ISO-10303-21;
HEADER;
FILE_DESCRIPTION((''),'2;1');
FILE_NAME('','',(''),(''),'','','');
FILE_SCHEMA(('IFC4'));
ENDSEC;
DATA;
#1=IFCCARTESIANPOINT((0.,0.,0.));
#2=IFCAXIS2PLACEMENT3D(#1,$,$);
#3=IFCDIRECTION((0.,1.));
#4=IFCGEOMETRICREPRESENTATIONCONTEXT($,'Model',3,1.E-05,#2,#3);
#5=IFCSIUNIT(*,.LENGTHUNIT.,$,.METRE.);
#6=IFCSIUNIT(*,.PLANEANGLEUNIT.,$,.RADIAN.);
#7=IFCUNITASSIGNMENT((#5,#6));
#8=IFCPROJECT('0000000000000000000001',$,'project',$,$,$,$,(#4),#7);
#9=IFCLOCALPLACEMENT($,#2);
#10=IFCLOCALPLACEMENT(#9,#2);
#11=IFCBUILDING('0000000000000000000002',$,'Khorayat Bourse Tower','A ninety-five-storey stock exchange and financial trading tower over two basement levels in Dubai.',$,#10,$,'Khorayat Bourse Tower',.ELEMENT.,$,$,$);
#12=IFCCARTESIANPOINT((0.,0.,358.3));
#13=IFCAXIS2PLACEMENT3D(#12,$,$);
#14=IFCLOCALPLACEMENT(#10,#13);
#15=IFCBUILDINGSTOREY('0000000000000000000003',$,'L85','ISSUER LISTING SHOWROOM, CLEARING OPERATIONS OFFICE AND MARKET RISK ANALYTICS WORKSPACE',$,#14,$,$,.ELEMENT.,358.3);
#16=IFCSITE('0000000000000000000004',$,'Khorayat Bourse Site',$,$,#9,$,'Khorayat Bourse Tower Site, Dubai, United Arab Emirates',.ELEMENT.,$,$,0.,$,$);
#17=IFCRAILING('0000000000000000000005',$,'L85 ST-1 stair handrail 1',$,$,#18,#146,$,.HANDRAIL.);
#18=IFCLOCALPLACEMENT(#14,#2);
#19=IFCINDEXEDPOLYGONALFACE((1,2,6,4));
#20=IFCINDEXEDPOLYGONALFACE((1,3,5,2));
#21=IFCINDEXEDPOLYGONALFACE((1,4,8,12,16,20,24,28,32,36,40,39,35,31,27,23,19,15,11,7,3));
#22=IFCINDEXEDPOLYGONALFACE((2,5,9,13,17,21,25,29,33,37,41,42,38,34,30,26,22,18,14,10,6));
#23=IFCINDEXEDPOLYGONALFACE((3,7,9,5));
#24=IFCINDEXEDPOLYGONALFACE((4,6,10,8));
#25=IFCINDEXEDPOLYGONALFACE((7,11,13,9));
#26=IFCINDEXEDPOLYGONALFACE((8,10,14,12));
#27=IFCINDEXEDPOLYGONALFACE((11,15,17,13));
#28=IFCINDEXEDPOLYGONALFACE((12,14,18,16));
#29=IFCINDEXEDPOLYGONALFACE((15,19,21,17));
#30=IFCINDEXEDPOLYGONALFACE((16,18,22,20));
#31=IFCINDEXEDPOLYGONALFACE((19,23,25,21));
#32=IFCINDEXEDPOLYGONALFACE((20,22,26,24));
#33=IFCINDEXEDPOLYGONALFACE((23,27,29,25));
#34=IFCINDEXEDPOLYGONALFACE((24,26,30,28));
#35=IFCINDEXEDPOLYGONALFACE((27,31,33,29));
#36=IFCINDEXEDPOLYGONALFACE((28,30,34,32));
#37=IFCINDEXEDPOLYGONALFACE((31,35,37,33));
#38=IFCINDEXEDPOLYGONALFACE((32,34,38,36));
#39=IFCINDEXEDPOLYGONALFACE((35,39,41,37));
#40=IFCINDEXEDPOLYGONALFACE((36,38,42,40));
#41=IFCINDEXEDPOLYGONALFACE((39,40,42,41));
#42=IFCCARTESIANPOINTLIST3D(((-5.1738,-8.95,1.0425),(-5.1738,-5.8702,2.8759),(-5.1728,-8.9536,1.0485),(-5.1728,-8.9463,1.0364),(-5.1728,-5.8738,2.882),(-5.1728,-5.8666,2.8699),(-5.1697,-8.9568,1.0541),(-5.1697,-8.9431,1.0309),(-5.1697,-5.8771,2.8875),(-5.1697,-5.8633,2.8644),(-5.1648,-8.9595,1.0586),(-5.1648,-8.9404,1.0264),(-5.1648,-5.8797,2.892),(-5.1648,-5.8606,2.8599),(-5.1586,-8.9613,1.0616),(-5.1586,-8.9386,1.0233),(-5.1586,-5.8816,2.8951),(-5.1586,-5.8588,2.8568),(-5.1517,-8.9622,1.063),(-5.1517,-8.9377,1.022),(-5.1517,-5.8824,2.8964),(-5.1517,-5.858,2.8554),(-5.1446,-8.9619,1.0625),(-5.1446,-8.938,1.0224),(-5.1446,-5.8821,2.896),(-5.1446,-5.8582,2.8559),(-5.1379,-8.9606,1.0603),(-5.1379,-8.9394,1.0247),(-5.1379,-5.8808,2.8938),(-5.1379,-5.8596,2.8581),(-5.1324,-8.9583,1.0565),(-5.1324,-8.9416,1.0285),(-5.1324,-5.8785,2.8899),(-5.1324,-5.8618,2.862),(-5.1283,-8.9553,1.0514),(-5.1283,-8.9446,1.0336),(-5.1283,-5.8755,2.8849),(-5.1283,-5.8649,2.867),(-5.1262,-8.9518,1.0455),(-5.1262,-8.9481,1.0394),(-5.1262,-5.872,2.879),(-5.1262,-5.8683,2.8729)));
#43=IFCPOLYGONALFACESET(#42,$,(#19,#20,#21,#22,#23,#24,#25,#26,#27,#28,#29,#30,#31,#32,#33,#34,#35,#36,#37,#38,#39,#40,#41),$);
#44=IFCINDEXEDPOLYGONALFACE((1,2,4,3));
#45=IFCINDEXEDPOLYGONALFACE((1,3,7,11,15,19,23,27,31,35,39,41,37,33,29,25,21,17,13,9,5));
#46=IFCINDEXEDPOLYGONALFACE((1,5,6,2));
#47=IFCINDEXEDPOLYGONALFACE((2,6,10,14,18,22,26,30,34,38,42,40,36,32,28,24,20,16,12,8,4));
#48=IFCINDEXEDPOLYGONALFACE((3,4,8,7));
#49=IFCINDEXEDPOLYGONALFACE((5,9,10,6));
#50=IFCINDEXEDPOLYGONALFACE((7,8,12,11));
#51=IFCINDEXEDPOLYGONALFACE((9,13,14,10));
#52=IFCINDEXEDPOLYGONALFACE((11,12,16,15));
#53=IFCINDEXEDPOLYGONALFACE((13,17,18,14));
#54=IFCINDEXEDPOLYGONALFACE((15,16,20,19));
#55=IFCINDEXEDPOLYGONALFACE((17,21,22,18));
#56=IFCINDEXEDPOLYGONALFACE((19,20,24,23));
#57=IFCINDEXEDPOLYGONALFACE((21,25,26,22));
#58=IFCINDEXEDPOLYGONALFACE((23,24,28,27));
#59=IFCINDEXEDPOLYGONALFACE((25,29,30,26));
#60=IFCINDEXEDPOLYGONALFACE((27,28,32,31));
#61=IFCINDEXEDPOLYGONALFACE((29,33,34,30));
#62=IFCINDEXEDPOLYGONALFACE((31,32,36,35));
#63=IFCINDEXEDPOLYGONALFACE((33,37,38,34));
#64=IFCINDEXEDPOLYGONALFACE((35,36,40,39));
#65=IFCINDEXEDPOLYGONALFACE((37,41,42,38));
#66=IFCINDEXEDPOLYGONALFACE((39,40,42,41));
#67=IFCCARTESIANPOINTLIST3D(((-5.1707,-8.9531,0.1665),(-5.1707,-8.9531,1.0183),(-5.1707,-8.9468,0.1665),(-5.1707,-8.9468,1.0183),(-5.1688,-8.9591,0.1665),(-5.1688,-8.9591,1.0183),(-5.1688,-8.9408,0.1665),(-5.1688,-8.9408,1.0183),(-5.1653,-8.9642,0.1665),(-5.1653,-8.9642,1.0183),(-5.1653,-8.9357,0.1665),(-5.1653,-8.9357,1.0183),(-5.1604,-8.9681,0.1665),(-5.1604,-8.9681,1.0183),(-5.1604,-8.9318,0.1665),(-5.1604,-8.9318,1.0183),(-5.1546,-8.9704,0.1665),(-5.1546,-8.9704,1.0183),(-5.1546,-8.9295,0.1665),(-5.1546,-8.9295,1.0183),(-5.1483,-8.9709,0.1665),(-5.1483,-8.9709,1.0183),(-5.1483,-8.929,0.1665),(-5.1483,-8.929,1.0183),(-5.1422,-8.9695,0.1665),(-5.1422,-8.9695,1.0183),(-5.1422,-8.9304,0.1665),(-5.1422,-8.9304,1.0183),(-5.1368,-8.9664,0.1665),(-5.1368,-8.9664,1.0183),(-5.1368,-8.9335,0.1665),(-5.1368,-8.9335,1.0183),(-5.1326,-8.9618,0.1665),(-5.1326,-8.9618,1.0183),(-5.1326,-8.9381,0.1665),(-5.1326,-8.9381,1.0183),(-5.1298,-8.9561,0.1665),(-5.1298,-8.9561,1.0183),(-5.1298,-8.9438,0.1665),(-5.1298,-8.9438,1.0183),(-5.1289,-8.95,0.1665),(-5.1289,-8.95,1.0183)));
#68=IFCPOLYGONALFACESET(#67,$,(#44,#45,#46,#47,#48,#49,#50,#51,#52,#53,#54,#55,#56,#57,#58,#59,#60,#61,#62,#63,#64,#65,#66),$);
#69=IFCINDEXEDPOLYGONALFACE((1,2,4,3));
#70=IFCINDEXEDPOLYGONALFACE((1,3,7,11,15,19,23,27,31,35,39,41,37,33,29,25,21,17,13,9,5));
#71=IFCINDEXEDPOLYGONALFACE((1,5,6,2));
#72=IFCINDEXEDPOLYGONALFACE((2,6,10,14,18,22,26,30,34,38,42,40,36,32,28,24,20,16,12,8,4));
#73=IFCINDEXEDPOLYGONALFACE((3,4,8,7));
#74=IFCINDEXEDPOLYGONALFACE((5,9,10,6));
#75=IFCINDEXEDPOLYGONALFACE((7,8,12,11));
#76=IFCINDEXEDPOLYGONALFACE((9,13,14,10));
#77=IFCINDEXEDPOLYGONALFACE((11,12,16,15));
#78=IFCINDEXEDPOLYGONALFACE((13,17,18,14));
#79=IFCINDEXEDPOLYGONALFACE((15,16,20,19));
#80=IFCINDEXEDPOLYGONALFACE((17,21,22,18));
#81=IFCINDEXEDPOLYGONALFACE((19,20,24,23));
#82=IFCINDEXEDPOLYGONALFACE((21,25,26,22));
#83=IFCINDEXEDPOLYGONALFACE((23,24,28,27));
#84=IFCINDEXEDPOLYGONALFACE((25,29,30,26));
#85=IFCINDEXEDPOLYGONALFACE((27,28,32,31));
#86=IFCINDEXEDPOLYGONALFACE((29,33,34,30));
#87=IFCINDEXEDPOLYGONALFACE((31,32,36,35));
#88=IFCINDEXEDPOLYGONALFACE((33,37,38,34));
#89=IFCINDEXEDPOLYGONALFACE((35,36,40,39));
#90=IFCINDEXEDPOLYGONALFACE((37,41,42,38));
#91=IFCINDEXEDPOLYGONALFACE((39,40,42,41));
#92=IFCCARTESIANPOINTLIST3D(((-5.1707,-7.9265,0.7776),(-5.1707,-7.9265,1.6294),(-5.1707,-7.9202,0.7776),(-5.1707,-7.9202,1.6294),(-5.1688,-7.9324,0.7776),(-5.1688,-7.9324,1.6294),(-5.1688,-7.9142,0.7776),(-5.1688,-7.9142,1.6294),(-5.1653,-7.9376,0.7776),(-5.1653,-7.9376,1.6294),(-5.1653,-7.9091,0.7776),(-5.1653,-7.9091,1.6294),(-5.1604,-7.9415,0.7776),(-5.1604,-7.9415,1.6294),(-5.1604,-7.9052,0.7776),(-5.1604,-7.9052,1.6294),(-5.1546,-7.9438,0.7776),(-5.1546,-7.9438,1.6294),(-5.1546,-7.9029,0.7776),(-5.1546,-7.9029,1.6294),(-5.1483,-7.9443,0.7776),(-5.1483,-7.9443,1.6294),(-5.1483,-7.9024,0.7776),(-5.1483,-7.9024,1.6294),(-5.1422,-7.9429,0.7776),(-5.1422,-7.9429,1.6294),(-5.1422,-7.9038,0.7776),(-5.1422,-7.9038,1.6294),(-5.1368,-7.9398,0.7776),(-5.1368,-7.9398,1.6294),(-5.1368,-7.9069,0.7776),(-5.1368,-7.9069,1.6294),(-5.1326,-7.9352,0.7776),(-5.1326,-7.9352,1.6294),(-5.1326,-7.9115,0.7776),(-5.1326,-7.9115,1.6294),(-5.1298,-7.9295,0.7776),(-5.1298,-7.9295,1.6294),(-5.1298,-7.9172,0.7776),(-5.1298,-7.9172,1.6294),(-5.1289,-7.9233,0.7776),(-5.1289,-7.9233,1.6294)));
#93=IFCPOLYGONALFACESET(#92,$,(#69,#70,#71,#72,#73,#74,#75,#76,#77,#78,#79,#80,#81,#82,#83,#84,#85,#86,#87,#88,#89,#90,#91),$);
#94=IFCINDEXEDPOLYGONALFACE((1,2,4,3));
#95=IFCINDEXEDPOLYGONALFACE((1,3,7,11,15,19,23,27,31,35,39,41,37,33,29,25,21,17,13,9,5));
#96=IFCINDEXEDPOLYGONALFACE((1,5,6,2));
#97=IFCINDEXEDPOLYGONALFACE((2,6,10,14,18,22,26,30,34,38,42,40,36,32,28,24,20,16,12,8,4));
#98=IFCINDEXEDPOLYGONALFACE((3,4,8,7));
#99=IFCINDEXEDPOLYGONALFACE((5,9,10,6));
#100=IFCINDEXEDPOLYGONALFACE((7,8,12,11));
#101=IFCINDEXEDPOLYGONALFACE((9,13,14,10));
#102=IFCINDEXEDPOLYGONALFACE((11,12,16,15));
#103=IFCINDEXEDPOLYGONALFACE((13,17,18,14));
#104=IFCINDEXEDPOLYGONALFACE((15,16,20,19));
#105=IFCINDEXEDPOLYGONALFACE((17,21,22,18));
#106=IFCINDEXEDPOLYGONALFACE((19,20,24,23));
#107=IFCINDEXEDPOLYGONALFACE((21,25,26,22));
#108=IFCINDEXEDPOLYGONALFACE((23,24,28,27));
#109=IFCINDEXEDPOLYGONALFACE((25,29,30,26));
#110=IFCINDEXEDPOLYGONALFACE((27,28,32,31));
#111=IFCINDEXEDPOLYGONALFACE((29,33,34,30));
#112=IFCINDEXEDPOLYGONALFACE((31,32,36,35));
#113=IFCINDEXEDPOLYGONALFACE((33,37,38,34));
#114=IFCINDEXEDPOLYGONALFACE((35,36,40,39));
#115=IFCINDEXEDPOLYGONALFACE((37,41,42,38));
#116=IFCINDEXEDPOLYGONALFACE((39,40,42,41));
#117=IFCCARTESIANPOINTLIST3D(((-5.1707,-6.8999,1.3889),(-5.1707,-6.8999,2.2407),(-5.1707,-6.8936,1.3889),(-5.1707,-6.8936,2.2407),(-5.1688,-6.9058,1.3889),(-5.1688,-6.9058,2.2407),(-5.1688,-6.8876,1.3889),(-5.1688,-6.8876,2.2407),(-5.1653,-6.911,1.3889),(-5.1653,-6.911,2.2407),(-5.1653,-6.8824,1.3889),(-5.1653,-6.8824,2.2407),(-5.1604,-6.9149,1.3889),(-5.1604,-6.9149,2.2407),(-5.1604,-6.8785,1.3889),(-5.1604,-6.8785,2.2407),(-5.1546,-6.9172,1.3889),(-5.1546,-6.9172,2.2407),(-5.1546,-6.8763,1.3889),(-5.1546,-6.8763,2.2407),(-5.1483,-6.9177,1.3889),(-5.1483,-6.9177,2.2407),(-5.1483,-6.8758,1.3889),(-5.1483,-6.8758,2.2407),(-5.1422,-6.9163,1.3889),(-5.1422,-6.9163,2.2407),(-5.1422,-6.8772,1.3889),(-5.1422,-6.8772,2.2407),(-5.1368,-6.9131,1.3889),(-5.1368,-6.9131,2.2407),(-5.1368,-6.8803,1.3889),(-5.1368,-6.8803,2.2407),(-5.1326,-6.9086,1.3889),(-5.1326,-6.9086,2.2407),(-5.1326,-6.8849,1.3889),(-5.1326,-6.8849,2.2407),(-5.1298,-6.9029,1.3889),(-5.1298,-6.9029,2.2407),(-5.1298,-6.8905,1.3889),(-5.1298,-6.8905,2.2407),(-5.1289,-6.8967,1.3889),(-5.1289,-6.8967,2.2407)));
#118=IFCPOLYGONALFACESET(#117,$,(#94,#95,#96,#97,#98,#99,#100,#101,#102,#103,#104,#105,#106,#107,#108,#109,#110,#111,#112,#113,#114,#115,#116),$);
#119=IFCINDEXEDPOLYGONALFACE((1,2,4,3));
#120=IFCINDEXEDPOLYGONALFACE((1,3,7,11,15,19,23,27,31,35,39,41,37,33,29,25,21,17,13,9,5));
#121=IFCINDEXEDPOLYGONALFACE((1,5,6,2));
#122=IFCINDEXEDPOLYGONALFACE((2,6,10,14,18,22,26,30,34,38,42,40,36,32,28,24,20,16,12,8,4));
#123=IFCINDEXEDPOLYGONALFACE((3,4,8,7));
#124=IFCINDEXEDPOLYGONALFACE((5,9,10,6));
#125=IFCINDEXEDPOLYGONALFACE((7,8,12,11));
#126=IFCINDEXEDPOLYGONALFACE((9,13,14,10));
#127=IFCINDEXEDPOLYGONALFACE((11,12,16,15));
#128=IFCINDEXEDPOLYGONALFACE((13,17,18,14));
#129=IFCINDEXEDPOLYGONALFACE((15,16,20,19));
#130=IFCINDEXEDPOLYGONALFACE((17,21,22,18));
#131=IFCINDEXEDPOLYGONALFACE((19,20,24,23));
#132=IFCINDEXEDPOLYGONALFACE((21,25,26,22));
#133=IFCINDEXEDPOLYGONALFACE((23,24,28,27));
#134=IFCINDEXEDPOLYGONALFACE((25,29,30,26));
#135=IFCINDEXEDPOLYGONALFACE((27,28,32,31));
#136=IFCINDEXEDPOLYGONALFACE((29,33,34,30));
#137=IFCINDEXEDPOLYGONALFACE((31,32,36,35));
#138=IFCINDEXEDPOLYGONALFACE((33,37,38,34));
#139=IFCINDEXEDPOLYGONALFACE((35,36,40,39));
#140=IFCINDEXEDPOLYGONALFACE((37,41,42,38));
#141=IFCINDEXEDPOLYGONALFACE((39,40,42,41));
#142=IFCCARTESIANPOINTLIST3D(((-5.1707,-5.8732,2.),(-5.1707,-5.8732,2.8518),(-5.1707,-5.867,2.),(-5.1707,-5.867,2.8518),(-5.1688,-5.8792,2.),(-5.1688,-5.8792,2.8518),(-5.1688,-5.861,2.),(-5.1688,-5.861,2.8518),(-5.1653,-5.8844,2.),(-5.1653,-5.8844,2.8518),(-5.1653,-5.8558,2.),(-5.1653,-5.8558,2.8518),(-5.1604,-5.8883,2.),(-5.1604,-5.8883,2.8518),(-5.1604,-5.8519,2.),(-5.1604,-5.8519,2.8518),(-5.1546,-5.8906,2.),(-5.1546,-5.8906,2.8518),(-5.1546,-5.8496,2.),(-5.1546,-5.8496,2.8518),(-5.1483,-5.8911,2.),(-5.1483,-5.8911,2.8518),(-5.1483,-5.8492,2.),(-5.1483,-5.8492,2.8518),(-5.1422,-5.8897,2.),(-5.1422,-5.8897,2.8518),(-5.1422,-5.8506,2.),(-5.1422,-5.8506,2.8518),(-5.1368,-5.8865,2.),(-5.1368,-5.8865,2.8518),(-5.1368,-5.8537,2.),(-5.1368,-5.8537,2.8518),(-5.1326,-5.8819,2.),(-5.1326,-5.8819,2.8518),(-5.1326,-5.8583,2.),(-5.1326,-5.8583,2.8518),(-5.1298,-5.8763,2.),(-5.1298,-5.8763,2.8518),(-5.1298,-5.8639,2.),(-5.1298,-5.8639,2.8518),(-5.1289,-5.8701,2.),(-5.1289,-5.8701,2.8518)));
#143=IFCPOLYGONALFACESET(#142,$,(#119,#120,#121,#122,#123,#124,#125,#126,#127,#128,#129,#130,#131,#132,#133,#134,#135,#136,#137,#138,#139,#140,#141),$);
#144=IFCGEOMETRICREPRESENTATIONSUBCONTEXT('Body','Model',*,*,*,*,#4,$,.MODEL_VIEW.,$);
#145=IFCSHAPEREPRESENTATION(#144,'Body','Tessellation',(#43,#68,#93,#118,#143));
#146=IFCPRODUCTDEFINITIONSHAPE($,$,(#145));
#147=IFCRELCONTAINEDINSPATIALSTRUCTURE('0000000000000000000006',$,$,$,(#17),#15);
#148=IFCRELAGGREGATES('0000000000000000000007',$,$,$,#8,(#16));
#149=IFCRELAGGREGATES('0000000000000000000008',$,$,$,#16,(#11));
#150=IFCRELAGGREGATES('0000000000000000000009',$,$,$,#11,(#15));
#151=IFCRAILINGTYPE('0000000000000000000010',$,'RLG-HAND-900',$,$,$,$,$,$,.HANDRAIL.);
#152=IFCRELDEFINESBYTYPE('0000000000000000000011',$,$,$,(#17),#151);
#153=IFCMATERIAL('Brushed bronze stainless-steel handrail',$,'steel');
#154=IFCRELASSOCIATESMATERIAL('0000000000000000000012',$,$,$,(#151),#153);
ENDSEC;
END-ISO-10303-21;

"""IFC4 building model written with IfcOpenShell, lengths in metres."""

from ifc_helpers import new_model, si_unit, direction, frame, origin, origin_2d, place, context, subcontext, project, spatial, circle, extrude, source, transform, mapped, material, type_object, element, save


model = new_model("IFC4")

# Units and contexts
model_context = context("Model", 3, precision=1e-05, world=origin(), true_north=direction((0.0, 1.0)))
body_context = subcontext(model_context, "Body", "Model", "MODEL_VIEW")
ifc_project = project(units=[si_unit("LENGTHUNIT", "METRE"), si_unit("PLANEANGLEUNIT", "RADIAN")], contexts=[model_context])

# Site, building, storey
site_placement = place(None, origin())
site = spatial("IfcSite", under=ifc_project, at=site_placement, Name="Khorayat Bourse Site", LongName="Khorayat Bourse Tower Site, Dubai, United Arab Emirates", CompositionType="ELEMENT", RefElevation=0.0)
building_placement = place(site_placement, origin())
building = spatial("IfcBuilding", under=site, at=building_placement, Name="Khorayat Bourse Tower", Description="A ninety-five-storey stock exchange and financial trading tower over two basement levels in Dubai.", LongName="Khorayat Bourse Tower", CompositionType="ELEMENT")
storey_placement = place(building_placement, frame((0.0, 0.0, 358.3)))
storey = spatial("IfcBuildingStorey", under=building, at=storey_placement, Name="L85", Description="ISSUER LISTING SHOWROOM, CLEARING OPERATIONS OFFICE AND MARKET RISK ANALYTICS WORKSPACE", CompositionType="ELEMENT", Elevation=358.3)

# Railing
ifc_material_1 = material(Name="Brushed bronze stainless-steel handrail", Category="steel")
railing_type_1 = type_object("IfcRailingType", Name="RLG-HAND-900", PredefinedType="HANDRAIL", material=ifc_material_1)
shared_shape_1 = source(origin(), body_context, "Body", "SweptSolid", [
    extrude(circle(Radius=0.0239, at=origin_2d()), frame((0.0, 0.0, 0.876), z_axis=(0.0, 0.859261, 0.511538), x_axis=(-1.0, 0.0, 0.0)), (0.0, 0.0, 1.0), 3.5842),
    extrude(circle(Radius=0.021, at=origin_2d()), origin(), (0.0, 0.0, 1.0), 0.8518),
    extrude(circle(Radius=0.021, at=origin_2d()), frame((0.0, 1.0266, 0.6111)), (0.0, 0.0, 1.0), 0.8518),
    extrude(circle(Radius=0.021, at=origin_2d()), frame((0.0, 2.0532, 1.2224)), (0.0, 0.0, 1.0), 0.8518),
    extrude(circle(Radius=0.021, at=origin_2d()), frame((0.0, 3.0798, 1.8335)), (0.0, 0.0, 1.0), 0.8518),
])
railing_1_placement = place(storey_placement, frame((-5.1499, -8.95, 0.1665)))
element("IfcRailing", 1, at=railing_1_placement, inside=storey, type_object=railing_type_1, Name="L85 ST-1 stair handrail 1", PredefinedType="HANDRAIL", context=body_context, shape_type="MappedRepresentation", body=[
    mapped(shared_shape_1, transform((0.0, 0.0, 0.0), scale=1.0)),
])

save(model, "model.ifc")
